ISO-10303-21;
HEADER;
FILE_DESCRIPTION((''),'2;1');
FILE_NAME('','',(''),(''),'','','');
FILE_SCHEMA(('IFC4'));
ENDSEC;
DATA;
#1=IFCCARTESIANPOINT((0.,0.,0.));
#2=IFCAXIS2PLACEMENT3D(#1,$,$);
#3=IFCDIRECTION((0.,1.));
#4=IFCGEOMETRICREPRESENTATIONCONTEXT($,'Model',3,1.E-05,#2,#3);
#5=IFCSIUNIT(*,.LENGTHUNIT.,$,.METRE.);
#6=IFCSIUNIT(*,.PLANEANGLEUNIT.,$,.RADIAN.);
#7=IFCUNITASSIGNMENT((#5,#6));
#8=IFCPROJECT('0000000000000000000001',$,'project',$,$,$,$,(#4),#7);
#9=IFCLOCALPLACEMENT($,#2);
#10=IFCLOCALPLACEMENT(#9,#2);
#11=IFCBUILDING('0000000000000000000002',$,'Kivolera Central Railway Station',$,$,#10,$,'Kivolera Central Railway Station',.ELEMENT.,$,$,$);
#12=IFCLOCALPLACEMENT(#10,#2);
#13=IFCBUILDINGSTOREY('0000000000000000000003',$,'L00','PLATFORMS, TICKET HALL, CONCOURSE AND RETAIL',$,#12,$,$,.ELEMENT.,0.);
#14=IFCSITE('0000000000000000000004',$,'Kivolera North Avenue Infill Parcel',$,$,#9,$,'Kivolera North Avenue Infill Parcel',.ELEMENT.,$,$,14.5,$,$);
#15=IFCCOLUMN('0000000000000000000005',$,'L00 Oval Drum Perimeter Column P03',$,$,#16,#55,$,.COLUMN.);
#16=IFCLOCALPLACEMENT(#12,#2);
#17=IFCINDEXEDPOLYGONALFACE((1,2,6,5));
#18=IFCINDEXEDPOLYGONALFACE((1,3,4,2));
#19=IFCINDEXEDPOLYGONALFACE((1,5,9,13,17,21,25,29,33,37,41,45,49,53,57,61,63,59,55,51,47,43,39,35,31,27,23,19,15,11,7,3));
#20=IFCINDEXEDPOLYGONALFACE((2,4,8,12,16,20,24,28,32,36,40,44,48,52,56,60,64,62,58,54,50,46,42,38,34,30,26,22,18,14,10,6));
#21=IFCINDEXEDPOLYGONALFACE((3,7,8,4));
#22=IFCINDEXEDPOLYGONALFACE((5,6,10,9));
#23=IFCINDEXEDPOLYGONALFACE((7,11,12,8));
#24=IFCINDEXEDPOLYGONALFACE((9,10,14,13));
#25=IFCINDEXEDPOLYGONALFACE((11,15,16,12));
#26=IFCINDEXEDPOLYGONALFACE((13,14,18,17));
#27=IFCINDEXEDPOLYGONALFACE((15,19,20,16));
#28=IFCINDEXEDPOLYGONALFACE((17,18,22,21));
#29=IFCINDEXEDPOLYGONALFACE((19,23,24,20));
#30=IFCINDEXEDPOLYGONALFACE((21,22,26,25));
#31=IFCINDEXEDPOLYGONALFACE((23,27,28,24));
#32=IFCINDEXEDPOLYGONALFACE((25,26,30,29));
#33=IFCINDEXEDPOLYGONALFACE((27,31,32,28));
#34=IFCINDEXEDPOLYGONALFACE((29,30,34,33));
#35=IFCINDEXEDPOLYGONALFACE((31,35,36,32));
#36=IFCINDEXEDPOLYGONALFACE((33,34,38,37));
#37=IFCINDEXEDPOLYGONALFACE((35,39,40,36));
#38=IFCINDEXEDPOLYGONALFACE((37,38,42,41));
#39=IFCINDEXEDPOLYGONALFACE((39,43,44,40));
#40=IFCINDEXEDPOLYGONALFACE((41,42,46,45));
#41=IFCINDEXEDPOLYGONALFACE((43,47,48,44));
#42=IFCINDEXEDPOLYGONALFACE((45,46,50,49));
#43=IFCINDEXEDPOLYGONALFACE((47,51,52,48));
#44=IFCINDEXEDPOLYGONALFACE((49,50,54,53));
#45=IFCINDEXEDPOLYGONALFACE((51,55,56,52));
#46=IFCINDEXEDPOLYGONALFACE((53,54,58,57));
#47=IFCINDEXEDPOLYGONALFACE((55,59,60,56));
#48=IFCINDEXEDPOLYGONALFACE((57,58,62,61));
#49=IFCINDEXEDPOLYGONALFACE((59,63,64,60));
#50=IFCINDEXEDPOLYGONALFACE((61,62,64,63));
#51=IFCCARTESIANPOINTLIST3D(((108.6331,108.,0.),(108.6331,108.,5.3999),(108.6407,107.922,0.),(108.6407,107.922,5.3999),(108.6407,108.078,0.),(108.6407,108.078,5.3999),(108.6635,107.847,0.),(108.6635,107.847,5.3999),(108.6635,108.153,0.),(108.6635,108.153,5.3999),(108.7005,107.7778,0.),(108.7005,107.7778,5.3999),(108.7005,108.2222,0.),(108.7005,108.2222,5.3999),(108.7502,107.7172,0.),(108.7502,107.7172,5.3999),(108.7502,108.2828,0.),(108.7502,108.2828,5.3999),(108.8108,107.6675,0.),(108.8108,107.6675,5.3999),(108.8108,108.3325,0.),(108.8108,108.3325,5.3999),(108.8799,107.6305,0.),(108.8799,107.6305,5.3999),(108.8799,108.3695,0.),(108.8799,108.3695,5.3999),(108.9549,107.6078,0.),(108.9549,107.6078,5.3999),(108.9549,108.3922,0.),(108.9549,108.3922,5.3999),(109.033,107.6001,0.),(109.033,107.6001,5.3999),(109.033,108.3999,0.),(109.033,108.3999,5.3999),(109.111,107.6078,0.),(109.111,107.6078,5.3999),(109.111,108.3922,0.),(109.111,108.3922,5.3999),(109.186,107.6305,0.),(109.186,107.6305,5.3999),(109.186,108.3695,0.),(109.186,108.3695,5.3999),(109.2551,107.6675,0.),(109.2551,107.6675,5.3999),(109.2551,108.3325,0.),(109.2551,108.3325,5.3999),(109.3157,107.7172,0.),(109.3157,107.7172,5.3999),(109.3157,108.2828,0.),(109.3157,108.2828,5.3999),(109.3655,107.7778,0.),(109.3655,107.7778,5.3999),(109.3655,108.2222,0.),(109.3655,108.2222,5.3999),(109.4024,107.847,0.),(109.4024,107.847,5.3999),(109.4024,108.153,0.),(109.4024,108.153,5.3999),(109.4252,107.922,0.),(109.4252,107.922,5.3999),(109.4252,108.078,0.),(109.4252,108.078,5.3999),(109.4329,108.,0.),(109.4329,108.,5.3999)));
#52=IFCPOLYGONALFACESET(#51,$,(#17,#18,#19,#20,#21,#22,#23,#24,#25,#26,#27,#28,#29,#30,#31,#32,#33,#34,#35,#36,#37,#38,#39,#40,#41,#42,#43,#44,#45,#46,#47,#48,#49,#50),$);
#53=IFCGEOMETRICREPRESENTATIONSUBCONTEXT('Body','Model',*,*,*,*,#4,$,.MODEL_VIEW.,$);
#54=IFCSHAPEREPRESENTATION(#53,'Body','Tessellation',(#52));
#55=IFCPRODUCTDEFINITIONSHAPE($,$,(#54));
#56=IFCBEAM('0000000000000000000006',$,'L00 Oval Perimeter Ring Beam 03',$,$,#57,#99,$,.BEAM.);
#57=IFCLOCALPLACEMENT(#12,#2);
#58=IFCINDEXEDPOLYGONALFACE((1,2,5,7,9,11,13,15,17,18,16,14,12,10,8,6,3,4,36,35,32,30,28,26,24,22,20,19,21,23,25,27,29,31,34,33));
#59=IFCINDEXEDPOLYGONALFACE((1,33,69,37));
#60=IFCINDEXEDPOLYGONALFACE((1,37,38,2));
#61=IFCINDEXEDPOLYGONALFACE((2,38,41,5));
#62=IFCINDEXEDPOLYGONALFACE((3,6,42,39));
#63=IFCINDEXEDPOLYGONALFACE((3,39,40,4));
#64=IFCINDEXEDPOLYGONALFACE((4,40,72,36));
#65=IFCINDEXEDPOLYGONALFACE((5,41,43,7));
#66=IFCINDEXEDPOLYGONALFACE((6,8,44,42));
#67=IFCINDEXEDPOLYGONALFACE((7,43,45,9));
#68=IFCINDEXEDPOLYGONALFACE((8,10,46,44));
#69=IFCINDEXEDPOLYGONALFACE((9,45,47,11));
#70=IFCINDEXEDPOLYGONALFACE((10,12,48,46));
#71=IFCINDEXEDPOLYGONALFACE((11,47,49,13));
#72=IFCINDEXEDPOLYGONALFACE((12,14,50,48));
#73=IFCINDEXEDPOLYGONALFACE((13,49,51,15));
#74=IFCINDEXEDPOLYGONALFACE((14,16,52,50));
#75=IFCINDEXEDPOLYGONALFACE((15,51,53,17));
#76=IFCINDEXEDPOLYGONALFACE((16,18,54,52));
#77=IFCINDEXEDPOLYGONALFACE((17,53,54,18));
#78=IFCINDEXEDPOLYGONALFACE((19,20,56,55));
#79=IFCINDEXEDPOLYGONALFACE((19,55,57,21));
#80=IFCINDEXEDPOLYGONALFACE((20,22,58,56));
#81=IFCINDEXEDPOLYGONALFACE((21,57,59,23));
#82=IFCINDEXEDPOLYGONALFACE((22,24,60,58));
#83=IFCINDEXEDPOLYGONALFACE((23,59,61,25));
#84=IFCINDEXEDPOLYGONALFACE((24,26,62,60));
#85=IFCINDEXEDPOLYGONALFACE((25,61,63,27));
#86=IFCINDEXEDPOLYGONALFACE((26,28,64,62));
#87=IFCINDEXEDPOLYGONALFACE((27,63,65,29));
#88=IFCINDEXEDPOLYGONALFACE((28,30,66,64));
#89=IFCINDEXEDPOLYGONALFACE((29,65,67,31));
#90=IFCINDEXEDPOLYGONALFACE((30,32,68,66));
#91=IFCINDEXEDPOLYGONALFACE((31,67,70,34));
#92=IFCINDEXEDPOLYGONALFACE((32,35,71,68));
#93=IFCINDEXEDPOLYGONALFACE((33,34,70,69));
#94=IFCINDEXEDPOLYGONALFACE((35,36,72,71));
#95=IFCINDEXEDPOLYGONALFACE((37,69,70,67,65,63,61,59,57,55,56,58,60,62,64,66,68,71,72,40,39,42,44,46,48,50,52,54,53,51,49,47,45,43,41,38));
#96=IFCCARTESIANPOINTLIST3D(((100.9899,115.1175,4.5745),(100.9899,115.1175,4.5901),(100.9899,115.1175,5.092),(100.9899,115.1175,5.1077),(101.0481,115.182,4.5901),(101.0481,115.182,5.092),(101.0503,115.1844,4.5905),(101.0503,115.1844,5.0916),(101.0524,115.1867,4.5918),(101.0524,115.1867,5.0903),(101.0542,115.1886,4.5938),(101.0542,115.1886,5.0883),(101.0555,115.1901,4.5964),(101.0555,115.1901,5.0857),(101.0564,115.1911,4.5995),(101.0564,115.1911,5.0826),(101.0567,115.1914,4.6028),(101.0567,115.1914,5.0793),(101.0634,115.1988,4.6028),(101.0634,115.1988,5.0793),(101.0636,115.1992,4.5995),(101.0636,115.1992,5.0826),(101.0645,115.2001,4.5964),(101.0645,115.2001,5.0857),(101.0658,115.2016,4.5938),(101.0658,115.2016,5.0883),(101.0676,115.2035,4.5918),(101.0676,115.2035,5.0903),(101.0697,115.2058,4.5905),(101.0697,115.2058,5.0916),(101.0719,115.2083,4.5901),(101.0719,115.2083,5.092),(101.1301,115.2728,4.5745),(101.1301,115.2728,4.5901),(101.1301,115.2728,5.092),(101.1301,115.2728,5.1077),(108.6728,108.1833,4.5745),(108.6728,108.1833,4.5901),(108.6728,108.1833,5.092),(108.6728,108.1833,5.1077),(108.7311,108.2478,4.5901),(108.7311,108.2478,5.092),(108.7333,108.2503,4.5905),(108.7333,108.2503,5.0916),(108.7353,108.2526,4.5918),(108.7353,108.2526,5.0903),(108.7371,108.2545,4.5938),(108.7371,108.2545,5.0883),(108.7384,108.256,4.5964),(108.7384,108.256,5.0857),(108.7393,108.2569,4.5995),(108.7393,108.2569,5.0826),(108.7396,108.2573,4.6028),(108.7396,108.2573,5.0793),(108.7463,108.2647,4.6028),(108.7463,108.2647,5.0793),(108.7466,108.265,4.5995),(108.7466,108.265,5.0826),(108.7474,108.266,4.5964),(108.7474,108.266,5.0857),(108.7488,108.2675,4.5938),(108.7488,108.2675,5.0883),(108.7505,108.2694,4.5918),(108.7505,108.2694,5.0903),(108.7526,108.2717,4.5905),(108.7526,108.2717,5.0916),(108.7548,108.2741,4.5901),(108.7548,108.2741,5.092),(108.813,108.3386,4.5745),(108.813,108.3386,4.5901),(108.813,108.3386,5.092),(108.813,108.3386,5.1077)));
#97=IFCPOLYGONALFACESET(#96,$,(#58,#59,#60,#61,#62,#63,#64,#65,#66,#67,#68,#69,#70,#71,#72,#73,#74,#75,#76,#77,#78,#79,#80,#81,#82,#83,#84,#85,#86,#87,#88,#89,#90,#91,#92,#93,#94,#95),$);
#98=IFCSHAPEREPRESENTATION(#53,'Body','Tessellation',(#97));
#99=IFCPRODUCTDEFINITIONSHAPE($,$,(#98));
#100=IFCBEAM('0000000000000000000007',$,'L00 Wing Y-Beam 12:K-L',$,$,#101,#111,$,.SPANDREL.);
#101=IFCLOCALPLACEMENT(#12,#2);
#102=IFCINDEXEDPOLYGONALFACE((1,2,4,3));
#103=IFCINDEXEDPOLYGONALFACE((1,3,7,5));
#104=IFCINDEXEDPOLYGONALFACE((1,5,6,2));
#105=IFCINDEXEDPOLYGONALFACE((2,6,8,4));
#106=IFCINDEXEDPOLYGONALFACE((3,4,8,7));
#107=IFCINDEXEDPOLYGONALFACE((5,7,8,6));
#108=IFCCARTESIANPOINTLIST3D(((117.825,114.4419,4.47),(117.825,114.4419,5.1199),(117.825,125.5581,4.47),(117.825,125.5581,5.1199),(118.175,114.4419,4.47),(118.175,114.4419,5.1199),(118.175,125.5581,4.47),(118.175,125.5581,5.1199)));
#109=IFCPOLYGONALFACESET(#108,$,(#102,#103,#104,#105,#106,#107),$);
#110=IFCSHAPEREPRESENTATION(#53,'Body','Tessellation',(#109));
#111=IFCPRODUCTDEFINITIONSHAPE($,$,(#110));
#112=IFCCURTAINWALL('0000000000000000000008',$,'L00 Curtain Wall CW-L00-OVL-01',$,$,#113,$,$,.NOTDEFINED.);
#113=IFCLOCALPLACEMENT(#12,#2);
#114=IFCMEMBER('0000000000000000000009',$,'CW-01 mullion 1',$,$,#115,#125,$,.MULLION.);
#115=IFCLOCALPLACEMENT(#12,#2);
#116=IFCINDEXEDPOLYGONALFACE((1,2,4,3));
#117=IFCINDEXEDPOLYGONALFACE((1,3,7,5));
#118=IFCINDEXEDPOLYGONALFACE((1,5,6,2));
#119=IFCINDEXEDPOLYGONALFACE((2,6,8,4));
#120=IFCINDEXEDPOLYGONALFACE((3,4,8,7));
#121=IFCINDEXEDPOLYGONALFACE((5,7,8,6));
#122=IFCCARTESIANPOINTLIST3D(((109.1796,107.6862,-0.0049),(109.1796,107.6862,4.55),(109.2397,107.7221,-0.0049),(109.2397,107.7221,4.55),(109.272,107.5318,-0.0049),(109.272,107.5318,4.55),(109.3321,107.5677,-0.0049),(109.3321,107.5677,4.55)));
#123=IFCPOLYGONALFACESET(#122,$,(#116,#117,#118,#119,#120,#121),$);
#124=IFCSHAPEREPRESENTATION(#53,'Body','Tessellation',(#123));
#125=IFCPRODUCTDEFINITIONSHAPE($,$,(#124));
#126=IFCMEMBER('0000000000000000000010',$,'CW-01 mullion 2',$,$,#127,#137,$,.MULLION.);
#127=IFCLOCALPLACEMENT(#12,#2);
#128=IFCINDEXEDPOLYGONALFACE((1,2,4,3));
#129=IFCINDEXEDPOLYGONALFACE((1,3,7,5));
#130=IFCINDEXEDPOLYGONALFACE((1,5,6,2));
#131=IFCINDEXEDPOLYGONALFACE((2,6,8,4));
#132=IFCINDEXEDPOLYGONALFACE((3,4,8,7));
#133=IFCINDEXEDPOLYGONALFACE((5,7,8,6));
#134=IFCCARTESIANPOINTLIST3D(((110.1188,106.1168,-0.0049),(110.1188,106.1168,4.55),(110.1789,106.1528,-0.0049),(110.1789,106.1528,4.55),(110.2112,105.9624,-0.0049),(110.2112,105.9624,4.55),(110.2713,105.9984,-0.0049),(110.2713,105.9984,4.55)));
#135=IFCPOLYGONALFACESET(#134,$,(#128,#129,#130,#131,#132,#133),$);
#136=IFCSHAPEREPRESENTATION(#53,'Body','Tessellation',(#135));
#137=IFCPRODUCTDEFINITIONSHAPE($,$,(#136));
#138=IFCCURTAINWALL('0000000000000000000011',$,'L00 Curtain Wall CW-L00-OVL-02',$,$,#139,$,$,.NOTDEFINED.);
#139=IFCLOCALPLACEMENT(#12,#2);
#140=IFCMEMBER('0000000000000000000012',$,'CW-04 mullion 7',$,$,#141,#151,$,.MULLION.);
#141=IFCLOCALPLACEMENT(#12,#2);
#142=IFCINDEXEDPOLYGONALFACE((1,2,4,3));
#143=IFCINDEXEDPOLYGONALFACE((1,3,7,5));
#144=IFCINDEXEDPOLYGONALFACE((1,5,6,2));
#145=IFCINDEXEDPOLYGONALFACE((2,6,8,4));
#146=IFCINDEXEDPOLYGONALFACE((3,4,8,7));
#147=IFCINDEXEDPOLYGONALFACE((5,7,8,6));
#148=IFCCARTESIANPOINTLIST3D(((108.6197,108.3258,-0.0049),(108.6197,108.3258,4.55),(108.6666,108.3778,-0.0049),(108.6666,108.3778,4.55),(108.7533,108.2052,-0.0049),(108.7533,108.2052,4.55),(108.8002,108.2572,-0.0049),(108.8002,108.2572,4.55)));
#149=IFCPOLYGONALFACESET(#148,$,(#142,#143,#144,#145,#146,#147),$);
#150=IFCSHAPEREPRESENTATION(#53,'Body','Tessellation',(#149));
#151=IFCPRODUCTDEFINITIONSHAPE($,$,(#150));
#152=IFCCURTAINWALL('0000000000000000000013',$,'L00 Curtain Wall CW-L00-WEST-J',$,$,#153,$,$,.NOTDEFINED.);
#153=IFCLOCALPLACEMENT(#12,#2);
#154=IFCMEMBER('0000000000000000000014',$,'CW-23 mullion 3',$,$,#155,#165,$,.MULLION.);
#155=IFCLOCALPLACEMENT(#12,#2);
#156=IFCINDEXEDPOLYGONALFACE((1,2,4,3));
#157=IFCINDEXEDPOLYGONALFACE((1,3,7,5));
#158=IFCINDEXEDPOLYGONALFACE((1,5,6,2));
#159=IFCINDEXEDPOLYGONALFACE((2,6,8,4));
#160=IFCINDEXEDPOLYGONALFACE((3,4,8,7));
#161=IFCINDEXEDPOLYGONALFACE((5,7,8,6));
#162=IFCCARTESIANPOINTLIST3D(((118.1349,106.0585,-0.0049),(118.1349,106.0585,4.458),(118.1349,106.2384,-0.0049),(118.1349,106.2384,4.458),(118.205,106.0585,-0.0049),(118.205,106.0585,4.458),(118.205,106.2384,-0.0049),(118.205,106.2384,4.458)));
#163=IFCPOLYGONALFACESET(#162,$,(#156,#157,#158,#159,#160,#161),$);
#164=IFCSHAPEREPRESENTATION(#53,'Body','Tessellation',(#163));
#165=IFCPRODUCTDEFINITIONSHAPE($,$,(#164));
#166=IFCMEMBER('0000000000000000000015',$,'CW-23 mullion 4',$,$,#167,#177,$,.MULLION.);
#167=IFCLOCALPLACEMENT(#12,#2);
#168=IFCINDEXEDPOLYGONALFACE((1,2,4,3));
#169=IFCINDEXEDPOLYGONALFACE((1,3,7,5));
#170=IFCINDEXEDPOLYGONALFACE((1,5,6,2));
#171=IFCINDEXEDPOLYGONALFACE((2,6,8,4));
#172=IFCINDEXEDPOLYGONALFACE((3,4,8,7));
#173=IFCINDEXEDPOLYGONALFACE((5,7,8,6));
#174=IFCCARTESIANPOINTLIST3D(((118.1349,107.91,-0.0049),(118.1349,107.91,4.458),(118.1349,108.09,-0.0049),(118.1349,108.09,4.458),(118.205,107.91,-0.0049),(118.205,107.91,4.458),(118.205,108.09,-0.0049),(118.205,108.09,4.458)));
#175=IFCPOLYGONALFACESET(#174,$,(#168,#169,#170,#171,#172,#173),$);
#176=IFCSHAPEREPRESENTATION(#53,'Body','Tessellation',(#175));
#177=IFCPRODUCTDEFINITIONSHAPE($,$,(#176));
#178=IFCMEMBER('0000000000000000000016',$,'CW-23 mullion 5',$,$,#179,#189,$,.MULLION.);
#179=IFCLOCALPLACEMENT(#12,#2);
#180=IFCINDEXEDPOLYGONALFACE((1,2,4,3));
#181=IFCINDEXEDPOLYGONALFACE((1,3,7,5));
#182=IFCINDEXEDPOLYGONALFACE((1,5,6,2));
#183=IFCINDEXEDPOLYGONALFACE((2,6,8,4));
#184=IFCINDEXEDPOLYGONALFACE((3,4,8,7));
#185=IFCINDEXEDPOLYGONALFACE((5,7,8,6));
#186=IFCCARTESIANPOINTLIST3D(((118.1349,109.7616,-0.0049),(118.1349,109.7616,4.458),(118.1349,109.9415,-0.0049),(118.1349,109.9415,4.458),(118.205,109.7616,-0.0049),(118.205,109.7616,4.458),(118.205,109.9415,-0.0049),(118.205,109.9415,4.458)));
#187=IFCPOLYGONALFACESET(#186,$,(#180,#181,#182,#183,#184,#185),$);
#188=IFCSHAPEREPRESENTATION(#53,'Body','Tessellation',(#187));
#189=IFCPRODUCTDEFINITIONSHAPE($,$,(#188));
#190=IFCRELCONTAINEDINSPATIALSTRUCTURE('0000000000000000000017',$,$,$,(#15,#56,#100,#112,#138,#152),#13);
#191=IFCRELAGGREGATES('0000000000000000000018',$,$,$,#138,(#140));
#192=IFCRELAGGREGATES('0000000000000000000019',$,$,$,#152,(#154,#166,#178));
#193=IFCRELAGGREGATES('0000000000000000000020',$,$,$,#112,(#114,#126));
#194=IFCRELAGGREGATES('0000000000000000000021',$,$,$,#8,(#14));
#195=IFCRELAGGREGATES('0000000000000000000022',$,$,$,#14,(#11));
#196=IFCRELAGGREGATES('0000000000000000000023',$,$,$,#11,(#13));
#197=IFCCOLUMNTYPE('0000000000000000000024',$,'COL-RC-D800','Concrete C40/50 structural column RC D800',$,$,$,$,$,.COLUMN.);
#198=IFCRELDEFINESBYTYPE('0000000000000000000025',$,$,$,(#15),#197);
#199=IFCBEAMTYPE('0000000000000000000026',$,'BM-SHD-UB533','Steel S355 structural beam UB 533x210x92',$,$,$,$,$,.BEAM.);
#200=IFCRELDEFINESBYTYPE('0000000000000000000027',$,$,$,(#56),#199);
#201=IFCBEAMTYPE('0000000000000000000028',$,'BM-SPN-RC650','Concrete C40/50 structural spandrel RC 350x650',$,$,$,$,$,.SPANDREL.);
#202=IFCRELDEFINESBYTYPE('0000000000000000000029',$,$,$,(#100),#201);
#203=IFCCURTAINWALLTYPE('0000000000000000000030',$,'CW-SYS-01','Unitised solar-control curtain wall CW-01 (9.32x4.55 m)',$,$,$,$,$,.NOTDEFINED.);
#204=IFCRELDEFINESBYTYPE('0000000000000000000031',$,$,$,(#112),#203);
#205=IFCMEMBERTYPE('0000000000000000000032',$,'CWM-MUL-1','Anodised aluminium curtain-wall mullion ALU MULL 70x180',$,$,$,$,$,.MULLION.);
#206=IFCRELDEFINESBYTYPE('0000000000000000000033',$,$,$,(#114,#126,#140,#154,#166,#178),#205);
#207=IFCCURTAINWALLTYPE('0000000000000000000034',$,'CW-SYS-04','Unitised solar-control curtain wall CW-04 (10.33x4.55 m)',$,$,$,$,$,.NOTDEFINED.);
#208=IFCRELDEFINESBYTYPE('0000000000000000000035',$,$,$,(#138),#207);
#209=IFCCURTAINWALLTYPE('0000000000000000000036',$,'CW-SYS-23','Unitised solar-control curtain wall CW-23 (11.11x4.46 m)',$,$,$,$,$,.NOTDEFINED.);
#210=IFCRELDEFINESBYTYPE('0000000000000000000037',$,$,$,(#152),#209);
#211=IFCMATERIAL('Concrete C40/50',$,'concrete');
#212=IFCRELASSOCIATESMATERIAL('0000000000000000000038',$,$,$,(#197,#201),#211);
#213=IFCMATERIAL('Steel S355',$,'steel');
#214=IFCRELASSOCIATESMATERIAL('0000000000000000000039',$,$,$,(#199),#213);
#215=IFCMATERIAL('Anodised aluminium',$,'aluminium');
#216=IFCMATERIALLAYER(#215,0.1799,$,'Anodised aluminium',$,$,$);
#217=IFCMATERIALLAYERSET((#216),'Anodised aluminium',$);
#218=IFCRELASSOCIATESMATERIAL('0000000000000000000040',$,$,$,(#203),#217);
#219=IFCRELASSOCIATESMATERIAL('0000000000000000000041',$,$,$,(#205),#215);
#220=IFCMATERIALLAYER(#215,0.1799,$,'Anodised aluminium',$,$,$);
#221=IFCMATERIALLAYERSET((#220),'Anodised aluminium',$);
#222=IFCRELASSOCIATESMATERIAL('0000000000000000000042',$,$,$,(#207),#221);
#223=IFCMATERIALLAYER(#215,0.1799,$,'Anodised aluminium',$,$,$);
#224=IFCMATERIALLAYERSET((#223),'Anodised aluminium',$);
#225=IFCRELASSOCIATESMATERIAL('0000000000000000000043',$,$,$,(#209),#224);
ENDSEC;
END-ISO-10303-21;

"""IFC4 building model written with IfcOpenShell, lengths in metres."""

from ifc_helpers import new_model, si_unit, direction, frame, origin, origin_2d, place, context, subcontext, project, spatial, rectangle, circle, i_section, extrude, material, layer, layer_set, material_profile, profile_set, type_object, element, aggregate, save


model = new_model("IFC4")

# Units and contexts
model_context = context("Model", 3, precision=1e-05, world=origin(), true_north=direction((0.0, 1.0)))
body_context = subcontext(model_context, "Body", "Model", "MODEL_VIEW")
ifc_project = project(units=[si_unit("LENGTHUNIT", "METRE"), si_unit("PLANEANGLEUNIT", "RADIAN")], contexts=[model_context])

# Site, building, storey
site_placement = place(None, origin())
site = spatial("IfcSite", under=ifc_project, at=site_placement, Name="Kivolera North Avenue Infill Parcel", LongName="Kivolera North Avenue Infill Parcel", CompositionType="ELEMENT", RefElevation=14.5)
building_placement = place(site_placement, origin())
building = spatial("IfcBuilding", under=site, at=building_placement, Name="Kivolera Central Railway Station", LongName="Kivolera Central Railway Station", CompositionType="ELEMENT")
storey_placement = place(building_placement, origin())
storey = spatial("IfcBuildingStorey", under=building, at=storey_placement, Name="L00", Description="PLATFORMS, TICKET HALL, CONCOURSE AND RETAIL", CompositionType="ELEMENT", Elevation=0.0)

# Column
ifc_material_1 = material(Name="Concrete C40/50", Category="concrete")
ifc_material_profile_1 = material_profile(ifc_material_1, circle(Radius=0.3999, at=origin_2d()), Name="RC D800")
ifc_profile_set_1 = profile_set([ifc_material_profile_1], Name="Concrete C40/50")
column_type_1 = type_object("IfcColumnType", Name="COL-RC-D800", Description="Concrete C40/50 structural column RC D800", PredefinedType="COLUMN", material=ifc_profile_set_1)
column_1_placement = place(storey_placement, frame((109.033, 108.0, 0.0), z_axis=(0.0, 0.0, 1.0), x_axis=(1.0, 0.0, 0.0)))
element("IfcColumn", 1, at=column_1_placement, inside=storey, type_object=column_type_1, Name="L00 Oval Drum Perimeter Column P03", PredefinedType="COLUMN", context=body_context, shape_type="SweptSolid", body=[
    extrude(circle(Radius=0.3999, at=origin_2d()), origin(), (0.0, 0.0, 1.0), 5.3999),
])

# Beams
ifc_material_2 = material(Name="Steel S355", Category="steel")
ifc_material_profile_2 = material_profile(ifc_material_2, i_section(OverallWidth=0.2092, OverallDepth=0.5332, WebThickness=0.01, FlangeThickness=0.0156, FilletRadius=0.0127, at=origin_2d()), Name="UB 533x210x92")
ifc_profile_set_2 = profile_set([ifc_material_profile_2], Name="Steel S355")
beam_type_1 = type_object("IfcBeamType", Name="BM-SHD-UB533", Description="Steel S355 structural beam UB 533x210x92", PredefinedType="BEAM", material=ifc_profile_set_2)
beam_1_placement = place(storey_placement, frame((108.7429, 108.261, 4.8411), z_axis=(-0.742356, 0.670005, 0.0), x_axis=(-0.670005, -0.742356, 0.0)))
element("IfcBeam", 2, at=beam_1_placement, inside=storey, type_object=beam_type_1, Name="L00 Oval Perimeter Ring Beam 03", PredefinedType="BEAM", context=body_context, shape_type="SweptSolid", body=[
    extrude(i_section(OverallWidth=0.2092, OverallDepth=0.5332, WebThickness=0.01, FlangeThickness=0.0156, FilletRadius=0.0127, at=origin_2d()), origin(), (0.0, 0.0, 1.0), 10.3494),
])
ifc_material_profile_3 = material_profile(ifc_material_1, rectangle(XDim=0.3501, YDim=0.6499, at=origin_2d()), Name="RC 350x650")
ifc_profile_set_3 = profile_set([ifc_material_profile_3], Name="Concrete C40/50")
beam_type_2 = type_object("IfcBeamType", Name="BM-SPN-RC650", Description="Concrete C40/50 structural spandrel RC 350x650", PredefinedType="SPANDREL", material=ifc_profile_set_3)
beam_2_placement = place(storey_placement, frame((118.0, 114.4419, 4.7949), z_axis=(0.0, 1.0, 0.0), x_axis=(-1.0, 0.0, 0.0)))
element("IfcBeam", 3, at=beam_2_placement, inside=storey, type_object=beam_type_2, Name="L00 Wing Y-Beam 12:K-L", PredefinedType="SPANDREL", context=body_context, shape_type="SweptSolid", body=[
    extrude(rectangle(XDim=0.3501, YDim=0.6499, at=origin_2d()), origin(), (0.0, 0.0, 1.0), 11.1162),
])

# Curtain wall, members
ifc_material_3 = material(Name="Anodised aluminium", Category="aluminium")
ifc_layer_1 = layer(ifc_material_3, 0.1799, Name="Anodised aluminium")
ifc_layer_set_1 = layer_set([ifc_layer_1], Name="Anodised aluminium")
curtain_wall_type_1 = type_object("IfcCurtainWallType", Name="CW-SYS-01", Description="Unitised solar-control curtain wall CW-01 (9.32x4.55 m)", PredefinedType="NOTDEFINED", material=ifc_layer_set_1)
curtain_wall_1_placement = place(storey_placement, origin())
curtain_wall_1 = element("IfcCurtainWall", 4, at=curtain_wall_1_placement, inside=storey, type_object=curtain_wall_type_1, Name="L00 Curtain Wall CW-L00-OVL-01", PredefinedType="NOTDEFINED")
ifc_material_profile_4 = material_profile(ifc_material_3, rectangle(XDim=0.0701, YDim=0.1799, at=origin_2d()), Name="ALU MULL 70x180")
ifc_profile_set_4 = profile_set([ifc_material_profile_4], Name="Anodised aluminium")
member_type_1 = type_object("IfcMemberType", Name="CWM-MUL-1", Description="Anodised aluminium curtain-wall mullion ALU MULL 70x180", PredefinedType="MULLION", material=ifc_profile_set_4)
member_1_placement = place(storey_placement, frame((109.2559, 107.627, -0.0049), z_axis=(0.0, 0.0, 1.0), x_axis=(0.858117, 0.513454, 0.0)))
member_1 = element("IfcMember", 5, at=member_1_placement, type_object=member_type_1, Name="CW-01 mullion 1", PredefinedType="MULLION", context=body_context, shape_type="SweptSolid", body=[
    extrude(rectangle(XDim=0.0701, YDim=0.1799, at=origin_2d()), origin(), (0.0, 0.0, 1.0), 4.5549),
])
member_2_placement = place(storey_placement, frame((110.1951, 106.0576, -0.0049), z_axis=(0.0, 0.0, 1.0), x_axis=(0.858117, 0.513454, 0.0)))
member_2 = element("IfcMember", 6, at=member_2_placement, type_object=member_type_1, Name="CW-01 mullion 2", PredefinedType="MULLION", context=body_context, shape_type="SweptSolid", body=[
    extrude(rectangle(XDim=0.0701, YDim=0.1799, at=origin_2d()), origin(), (0.0, 0.0, 1.0), 4.5549),
])

# Curtain wall, member
ifc_layer_2 = layer(ifc_material_3, 0.1799, Name="Anodised aluminium")
ifc_layer_set_2 = layer_set([ifc_layer_2], Name="Anodised aluminium")
curtain_wall_type_2 = type_object("IfcCurtainWallType", Name="CW-SYS-04", Description="Unitised solar-control curtain wall CW-04 (10.33x4.55 m)", PredefinedType="NOTDEFINED", material=ifc_layer_set_2)
curtain_wall_2_placement = place(storey_placement, origin())
curtain_wall_2 = element("IfcCurtainWall", 7, at=curtain_wall_2_placement, inside=storey, type_object=curtain_wall_type_2, Name="L00 Curtain Wall CW-L00-OVL-02", PredefinedType="NOTDEFINED")
member_3_placement = place(storey_placement, frame((108.71, 108.2915, -0.0049), z_axis=(0.0, 0.0, 1.0), x_axis=(0.669922, 0.742432, 0.0)))
member_3 = element("IfcMember", 8, at=member_3_placement, type_object=member_type_1, Name="CW-04 mullion 7", PredefinedType="MULLION", context=body_context, shape_type="SweptSolid", body=[
    extrude(rectangle(XDim=0.0701, YDim=0.1799, at=origin_2d()), origin(), (0.0, 0.0, 1.0), 4.5549),
])
aggregate(curtain_wall_2, [member_3])

# Curtain wall, members
ifc_layer_3 = layer(ifc_material_3, 0.1799, Name="Anodised aluminium")
ifc_layer_set_3 = layer_set([ifc_layer_3], Name="Anodised aluminium")
curtain_wall_type_3 = type_object("IfcCurtainWallType", Name="CW-SYS-23", Description="Unitised solar-control curtain wall CW-23 (11.11x4.46 m)", PredefinedType="NOTDEFINED", material=ifc_layer_set_3)
curtain_wall_3_placement = place(storey_placement, origin())
curtain_wall_3 = element("IfcCurtainWall", 9, at=curtain_wall_3_placement, inside=storey, type_object=curtain_wall_type_3, Name="L00 Curtain Wall CW-L00-WEST-J", PredefinedType="NOTDEFINED")
member_4_placement = place(storey_placement, frame((118.1699, 106.1484, -0.0049), z_axis=(0.0, 0.0, 1.0), x_axis=(-1.0, 0.0, 0.0)))
member_4 = element("IfcMember", 10, at=member_4_placement, type_object=member_type_1, Name="CW-23 mullion 3", PredefinedType="MULLION", context=body_context, shape_type="SweptSolid", body=[
    extrude(rectangle(XDim=0.0701, YDim=0.1799, at=origin_2d()), origin(), (0.0, 0.0, 1.0), 4.4629),
])
member_5_placement = place(storey_placement, frame((118.1699, 108.0, -0.0049), z_axis=(0.0, 0.0, 1.0), x_axis=(-1.0, 0.0, 0.0)))
member_5 = element("IfcMember", 11, at=member_5_placement, type_object=member_type_1, Name="CW-23 mullion 4", PredefinedType="MULLION", context=body_context, shape_type="SweptSolid", body=[
    extrude(rectangle(XDim=0.0701, YDim=0.1799, at=origin_2d()), origin(), (0.0, 0.0, 1.0), 4.4629),
])
member_6_placement = place(storey_placement, frame((118.1699, 109.8516, -0.0049), z_axis=(0.0, 0.0, 1.0), x_axis=(-1.0, 0.0, 0.0)))
member_6 = element("IfcMember", 12, at=member_6_placement, type_object=member_type_1, Name="CW-23 mullion 5", PredefinedType="MULLION", context=body_context, shape_type="SweptSolid", body=[
    extrude(rectangle(XDim=0.0701, YDim=0.1799, at=origin_2d()), origin(), (0.0, 0.0, 1.0), 4.4629),
])
aggregate(curtain_wall_3, [member_4, member_5, member_6])

aggregate(curtain_wall_1, [member_1, member_2])

save(model, "model.ifc")
